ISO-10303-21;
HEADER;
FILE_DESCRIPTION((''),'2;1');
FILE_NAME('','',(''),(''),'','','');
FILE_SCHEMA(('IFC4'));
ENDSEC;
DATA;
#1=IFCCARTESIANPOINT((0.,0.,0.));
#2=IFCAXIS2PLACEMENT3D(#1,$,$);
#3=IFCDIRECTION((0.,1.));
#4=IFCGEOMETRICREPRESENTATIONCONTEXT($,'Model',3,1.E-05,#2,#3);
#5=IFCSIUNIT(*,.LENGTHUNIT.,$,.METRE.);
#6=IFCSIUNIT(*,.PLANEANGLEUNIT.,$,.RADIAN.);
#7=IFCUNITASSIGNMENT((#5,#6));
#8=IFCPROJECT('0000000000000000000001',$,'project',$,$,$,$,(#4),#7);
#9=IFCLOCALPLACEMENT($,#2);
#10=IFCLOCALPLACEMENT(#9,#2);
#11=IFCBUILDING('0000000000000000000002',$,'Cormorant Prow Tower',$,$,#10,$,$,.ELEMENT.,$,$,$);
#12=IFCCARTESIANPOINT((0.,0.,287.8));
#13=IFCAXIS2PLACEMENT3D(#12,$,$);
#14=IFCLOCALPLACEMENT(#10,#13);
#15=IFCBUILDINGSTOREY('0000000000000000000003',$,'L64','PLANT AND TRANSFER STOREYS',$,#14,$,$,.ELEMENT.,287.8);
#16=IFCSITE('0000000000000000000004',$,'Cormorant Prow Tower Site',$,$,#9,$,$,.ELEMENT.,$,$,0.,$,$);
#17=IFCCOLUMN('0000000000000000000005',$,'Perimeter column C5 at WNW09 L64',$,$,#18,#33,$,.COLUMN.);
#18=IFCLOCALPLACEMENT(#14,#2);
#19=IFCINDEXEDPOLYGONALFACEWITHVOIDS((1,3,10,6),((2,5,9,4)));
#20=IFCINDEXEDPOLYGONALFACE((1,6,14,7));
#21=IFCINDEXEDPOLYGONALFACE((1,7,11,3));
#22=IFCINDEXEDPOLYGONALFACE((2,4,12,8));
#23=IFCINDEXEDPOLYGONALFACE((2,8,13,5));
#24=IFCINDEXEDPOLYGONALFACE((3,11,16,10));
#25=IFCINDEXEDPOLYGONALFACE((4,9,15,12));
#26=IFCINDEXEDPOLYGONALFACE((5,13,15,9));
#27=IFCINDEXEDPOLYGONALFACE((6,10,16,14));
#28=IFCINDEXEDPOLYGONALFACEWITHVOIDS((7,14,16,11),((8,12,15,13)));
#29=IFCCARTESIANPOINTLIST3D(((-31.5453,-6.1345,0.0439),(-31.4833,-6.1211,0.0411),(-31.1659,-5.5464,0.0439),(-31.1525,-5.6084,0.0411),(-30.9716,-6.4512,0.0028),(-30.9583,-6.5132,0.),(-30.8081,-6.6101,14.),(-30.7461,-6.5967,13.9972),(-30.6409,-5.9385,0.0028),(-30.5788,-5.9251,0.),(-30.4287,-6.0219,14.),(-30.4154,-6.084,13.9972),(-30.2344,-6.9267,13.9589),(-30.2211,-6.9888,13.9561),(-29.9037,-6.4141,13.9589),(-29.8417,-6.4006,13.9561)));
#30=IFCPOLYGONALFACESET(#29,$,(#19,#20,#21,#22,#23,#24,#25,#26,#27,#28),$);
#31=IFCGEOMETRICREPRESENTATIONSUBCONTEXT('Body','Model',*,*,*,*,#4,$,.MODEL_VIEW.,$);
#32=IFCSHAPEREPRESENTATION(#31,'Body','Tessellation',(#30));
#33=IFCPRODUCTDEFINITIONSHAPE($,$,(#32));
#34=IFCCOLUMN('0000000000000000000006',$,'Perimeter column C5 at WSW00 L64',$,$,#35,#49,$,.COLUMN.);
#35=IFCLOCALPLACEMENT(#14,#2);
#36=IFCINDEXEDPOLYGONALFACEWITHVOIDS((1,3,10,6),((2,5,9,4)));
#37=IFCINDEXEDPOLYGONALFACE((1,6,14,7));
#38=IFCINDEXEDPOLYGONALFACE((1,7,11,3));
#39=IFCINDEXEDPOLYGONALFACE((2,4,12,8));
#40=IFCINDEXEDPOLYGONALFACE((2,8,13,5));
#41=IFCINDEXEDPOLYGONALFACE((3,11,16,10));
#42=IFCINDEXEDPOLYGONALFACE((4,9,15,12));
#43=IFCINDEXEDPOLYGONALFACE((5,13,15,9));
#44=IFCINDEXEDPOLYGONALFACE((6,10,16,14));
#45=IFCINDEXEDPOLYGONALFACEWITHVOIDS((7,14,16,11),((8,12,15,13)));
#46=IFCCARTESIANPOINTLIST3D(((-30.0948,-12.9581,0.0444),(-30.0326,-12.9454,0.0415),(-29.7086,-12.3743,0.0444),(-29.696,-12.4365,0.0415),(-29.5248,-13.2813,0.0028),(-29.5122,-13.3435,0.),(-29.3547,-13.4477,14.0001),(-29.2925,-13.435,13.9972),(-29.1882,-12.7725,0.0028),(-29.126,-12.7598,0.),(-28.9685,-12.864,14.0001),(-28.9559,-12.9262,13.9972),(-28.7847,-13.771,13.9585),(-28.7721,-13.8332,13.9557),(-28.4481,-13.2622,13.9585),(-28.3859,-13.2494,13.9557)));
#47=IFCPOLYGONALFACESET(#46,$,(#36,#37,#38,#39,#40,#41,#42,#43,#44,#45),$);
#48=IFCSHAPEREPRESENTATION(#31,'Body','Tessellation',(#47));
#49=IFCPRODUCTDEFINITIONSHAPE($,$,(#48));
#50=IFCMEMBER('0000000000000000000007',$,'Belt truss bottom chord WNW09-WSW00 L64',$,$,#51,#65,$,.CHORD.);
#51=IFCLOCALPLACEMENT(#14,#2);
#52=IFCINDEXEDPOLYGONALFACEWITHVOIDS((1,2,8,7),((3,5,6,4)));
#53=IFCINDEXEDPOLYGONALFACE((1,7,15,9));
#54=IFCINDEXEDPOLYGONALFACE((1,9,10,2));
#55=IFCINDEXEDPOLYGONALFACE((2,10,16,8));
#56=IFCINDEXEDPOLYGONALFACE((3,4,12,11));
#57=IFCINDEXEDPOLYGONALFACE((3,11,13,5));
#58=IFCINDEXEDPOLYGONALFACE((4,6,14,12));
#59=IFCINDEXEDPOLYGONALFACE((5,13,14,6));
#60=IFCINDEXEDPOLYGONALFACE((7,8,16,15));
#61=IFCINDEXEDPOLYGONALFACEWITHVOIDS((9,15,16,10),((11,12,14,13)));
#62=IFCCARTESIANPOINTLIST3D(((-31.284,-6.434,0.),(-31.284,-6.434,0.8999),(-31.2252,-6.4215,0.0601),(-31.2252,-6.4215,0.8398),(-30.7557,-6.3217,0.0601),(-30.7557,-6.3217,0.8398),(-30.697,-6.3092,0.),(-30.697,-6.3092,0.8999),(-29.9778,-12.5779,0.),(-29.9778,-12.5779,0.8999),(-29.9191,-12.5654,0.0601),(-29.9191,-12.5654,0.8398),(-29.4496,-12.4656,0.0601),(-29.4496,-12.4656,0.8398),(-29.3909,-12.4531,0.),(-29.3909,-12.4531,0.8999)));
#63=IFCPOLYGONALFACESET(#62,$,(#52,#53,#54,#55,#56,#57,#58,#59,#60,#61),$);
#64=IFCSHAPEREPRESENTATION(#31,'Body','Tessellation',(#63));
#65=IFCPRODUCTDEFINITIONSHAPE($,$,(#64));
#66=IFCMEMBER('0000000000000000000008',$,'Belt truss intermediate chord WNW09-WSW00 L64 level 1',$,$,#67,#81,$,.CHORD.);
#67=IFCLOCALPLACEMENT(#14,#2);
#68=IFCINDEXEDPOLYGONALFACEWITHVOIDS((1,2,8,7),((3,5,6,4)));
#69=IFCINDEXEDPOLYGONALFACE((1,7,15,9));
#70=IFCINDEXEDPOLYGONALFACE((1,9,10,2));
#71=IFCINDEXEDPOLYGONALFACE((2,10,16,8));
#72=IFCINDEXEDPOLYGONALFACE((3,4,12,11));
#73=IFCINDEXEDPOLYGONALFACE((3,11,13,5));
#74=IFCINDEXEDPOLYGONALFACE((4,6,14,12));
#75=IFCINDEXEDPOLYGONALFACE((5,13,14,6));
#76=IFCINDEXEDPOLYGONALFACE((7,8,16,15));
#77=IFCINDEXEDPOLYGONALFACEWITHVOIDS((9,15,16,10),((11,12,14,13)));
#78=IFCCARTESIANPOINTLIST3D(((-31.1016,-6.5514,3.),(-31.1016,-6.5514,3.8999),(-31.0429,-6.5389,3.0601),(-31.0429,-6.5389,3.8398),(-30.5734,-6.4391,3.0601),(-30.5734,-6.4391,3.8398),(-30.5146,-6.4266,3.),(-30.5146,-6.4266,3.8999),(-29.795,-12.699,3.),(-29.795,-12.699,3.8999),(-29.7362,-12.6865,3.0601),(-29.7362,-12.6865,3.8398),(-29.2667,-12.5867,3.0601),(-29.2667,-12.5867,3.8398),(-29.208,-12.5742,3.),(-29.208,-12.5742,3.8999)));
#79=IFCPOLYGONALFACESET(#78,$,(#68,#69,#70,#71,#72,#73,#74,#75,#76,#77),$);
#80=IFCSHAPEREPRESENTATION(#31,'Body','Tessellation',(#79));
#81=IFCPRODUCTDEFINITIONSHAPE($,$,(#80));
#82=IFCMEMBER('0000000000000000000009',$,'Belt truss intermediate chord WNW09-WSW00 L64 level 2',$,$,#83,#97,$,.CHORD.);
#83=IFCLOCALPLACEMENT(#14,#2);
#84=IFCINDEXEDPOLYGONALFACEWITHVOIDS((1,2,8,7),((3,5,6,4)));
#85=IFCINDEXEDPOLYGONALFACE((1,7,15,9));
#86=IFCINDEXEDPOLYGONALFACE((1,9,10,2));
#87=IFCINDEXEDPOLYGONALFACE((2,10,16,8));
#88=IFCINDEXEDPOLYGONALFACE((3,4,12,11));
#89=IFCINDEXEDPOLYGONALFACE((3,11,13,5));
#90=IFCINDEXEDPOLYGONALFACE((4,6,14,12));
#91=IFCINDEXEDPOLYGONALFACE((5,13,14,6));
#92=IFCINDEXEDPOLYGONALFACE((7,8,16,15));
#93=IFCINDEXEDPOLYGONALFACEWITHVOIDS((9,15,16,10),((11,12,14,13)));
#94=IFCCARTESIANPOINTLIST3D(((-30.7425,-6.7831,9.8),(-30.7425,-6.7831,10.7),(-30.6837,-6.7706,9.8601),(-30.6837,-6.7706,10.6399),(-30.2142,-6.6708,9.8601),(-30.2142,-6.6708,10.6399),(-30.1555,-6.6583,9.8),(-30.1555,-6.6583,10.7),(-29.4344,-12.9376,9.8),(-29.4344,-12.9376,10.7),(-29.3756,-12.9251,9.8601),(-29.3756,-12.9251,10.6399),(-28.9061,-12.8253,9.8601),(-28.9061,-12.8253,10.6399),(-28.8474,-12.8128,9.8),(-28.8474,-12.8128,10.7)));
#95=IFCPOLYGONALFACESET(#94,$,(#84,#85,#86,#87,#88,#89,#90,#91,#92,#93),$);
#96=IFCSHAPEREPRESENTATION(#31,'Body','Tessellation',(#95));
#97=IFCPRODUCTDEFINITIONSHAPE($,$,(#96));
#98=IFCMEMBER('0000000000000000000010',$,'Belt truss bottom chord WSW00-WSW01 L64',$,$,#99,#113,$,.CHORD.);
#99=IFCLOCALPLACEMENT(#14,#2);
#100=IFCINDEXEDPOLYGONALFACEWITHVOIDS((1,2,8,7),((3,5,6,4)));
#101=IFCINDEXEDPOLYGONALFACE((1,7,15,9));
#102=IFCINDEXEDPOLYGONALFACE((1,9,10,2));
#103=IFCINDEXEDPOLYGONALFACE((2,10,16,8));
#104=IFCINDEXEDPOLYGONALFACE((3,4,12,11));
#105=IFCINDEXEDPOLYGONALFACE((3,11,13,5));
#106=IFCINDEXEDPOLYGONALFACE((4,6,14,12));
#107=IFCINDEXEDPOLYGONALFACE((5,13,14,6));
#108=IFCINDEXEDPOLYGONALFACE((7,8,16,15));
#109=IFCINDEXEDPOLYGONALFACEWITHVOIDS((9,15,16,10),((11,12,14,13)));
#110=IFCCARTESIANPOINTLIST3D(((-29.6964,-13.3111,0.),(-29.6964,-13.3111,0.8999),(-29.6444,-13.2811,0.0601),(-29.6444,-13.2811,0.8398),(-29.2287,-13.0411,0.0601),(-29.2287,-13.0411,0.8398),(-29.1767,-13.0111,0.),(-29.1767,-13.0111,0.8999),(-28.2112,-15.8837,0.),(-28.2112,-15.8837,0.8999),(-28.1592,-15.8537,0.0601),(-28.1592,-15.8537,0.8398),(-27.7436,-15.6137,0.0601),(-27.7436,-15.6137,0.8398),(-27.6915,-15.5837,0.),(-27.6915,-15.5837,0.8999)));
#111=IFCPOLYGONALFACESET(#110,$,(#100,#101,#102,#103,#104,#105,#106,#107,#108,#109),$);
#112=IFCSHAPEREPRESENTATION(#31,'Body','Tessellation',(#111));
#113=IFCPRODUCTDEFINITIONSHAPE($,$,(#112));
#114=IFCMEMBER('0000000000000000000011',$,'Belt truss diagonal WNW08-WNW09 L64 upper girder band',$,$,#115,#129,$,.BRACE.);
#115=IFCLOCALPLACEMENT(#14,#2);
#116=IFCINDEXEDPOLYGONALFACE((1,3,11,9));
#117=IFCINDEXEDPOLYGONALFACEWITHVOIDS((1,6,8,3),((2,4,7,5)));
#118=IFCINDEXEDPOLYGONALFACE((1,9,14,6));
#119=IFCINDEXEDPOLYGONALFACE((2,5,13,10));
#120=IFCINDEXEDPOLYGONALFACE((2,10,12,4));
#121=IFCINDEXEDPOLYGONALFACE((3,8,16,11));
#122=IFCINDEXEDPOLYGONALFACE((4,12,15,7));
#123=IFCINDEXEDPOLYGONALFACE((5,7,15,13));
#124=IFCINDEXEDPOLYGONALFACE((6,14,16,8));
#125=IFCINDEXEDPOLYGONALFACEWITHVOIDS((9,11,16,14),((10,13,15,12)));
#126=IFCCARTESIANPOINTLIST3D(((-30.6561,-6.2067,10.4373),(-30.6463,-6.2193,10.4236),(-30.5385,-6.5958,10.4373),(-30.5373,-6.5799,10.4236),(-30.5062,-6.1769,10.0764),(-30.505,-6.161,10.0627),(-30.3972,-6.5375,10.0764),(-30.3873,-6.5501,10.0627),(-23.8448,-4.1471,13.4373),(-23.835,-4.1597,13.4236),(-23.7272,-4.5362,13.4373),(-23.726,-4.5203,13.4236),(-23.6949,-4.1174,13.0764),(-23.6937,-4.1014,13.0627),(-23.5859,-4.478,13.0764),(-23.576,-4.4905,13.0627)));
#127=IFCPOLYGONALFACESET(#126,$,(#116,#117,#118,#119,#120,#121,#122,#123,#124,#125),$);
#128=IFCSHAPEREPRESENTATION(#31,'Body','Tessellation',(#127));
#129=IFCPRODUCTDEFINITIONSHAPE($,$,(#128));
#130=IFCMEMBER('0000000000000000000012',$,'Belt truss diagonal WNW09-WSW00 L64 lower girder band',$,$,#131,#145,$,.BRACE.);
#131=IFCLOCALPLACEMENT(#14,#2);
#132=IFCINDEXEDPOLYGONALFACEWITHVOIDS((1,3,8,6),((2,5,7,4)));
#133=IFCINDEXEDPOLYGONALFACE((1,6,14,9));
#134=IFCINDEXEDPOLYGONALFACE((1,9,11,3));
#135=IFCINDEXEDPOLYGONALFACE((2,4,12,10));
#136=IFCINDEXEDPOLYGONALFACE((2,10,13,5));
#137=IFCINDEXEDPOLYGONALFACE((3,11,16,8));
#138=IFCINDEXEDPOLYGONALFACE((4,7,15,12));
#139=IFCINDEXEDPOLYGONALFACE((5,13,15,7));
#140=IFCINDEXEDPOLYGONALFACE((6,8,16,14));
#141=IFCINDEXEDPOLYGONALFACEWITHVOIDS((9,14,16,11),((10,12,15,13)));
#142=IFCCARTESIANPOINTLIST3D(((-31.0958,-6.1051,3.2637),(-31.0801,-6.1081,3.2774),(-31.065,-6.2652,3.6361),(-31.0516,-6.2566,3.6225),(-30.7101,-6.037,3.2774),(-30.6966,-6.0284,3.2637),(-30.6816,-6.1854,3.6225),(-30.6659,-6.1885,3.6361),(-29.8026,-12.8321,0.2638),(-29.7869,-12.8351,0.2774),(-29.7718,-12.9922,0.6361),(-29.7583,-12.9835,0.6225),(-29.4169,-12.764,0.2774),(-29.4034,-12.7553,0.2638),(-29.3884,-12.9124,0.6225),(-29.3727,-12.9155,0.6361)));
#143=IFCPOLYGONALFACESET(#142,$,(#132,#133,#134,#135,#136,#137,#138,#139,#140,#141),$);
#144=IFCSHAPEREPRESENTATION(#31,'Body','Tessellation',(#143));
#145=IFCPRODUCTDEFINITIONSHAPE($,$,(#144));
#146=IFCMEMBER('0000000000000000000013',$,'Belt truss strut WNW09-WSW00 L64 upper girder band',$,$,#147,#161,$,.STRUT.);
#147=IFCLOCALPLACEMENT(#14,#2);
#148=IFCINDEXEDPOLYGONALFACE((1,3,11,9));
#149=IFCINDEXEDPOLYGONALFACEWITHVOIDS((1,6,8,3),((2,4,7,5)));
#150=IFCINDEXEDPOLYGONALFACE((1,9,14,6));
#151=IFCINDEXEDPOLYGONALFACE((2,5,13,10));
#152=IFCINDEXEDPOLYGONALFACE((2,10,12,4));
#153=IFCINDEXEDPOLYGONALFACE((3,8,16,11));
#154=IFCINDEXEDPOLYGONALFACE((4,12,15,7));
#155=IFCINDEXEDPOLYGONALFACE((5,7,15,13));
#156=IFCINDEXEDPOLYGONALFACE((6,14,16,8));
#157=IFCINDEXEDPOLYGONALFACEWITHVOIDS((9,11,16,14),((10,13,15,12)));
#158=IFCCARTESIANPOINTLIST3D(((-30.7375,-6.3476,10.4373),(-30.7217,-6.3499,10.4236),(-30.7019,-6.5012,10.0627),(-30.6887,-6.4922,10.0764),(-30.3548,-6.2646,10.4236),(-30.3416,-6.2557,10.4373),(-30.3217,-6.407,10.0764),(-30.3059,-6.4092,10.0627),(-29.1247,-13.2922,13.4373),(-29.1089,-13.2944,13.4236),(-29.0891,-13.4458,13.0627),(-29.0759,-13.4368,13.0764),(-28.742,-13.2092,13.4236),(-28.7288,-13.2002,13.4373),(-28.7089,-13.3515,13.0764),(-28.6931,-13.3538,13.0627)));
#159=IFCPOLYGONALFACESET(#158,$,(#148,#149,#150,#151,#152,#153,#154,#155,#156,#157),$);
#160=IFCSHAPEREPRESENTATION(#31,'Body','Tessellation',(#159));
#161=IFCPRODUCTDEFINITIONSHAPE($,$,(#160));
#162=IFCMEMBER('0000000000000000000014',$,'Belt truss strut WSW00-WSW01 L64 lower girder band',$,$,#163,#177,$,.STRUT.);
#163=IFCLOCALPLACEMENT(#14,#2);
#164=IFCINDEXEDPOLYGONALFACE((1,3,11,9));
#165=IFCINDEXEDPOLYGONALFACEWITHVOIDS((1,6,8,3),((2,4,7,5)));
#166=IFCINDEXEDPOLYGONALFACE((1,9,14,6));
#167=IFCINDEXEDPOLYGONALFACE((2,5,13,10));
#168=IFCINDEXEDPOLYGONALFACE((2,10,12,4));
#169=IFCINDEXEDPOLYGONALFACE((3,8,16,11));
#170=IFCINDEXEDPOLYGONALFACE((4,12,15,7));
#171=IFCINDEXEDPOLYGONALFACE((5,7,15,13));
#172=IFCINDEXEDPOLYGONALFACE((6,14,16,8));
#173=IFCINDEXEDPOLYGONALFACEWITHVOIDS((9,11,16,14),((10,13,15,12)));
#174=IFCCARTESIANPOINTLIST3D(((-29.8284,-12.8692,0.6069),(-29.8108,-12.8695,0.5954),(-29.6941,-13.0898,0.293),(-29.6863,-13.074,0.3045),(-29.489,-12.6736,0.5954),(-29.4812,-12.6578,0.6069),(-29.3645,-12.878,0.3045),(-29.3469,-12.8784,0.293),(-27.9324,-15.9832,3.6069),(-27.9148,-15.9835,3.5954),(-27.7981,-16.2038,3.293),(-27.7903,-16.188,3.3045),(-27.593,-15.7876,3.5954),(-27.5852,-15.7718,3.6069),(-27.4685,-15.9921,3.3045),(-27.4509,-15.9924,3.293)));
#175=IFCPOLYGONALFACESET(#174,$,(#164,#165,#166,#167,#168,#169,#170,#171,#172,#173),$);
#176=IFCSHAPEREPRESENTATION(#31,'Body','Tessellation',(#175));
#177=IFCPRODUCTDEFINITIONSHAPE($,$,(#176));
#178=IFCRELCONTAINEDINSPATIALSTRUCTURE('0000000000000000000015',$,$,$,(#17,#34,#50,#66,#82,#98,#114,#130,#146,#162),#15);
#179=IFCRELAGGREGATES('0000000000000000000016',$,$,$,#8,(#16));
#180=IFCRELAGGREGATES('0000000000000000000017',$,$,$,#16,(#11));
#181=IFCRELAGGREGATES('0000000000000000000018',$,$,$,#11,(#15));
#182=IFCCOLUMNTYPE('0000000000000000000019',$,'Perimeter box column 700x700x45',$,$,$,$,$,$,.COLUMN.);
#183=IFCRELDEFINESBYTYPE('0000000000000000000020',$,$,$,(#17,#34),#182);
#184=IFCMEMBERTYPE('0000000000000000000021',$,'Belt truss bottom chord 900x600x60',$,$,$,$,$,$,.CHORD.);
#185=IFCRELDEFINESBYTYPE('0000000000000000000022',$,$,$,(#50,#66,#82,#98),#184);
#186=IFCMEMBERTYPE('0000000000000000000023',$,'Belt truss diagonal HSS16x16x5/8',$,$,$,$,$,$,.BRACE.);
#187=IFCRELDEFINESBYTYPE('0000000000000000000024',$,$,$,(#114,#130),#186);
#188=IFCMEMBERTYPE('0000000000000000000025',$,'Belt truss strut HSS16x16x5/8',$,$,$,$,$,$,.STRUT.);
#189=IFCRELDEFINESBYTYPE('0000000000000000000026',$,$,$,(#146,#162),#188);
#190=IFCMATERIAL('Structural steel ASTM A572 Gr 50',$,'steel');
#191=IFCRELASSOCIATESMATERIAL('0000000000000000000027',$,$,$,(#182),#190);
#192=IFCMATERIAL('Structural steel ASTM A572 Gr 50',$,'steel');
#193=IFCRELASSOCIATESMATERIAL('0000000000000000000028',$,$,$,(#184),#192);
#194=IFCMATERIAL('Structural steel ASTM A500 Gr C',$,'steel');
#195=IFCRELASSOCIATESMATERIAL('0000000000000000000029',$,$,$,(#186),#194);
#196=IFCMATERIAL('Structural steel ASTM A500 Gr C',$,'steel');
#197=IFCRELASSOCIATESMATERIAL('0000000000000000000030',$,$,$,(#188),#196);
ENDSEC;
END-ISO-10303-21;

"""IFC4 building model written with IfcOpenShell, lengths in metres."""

from ifc_helpers import new_model, si_unit, direction, frame, origin, origin_2d, place, context, subcontext, project, spatial, hollow_rectangle, extrude, material, material_profile, profile_set, type_object, element, save


model = new_model("IFC4")

# Units and contexts
model_context = context("Model", 3, precision=1e-05, world=origin(), true_north=direction((0.0, 1.0)))
body_context = subcontext(model_context, "Body", "Model", "MODEL_VIEW")
ifc_project = project(units=[si_unit("LENGTHUNIT", "METRE"), si_unit("PLANEANGLEUNIT", "RADIAN")], contexts=[model_context])

# Site, building, storey
site_placement = place(None, origin())
site = spatial("IfcSite", under=ifc_project, at=site_placement, Name="Cormorant Prow Tower Site", CompositionType="ELEMENT", RefElevation=0.0)
building_placement = place(site_placement, origin())
building = spatial("IfcBuilding", under=site, at=building_placement, Name="Cormorant Prow Tower", CompositionType="ELEMENT")
storey_placement = place(building_placement, frame((0.0, 0.0, 287.8)))
storey = spatial("IfcBuildingStorey", under=building, at=storey_placement, Name="L64", Description="PLANT AND TRANSFER STOREYS", CompositionType="ELEMENT", Elevation=287.8)

# Columns
ifc_material_1 = material(Name="Structural steel ASTM A572 Gr 50", Category="steel")
ifc_material_profile_1 = material_profile(ifc_material_1, hollow_rectangle(XDim=0.7, YDim=0.7, WallThickness=0.0449, at=origin_2d()), Name="Box 700x700x45")
ifc_profile_set_1 = profile_set([ifc_material_profile_1], Name="Structural steel ASTM A572 Gr 50")
column_type = type_object("IfcColumnType", Name="Perimeter box column 700x700x45", PredefinedType="COLUMN", material=ifc_profile_set_1)
column_1_placement = place(storey_placement, frame((-31.0632, -6.0291, 0.0), z_axis=(0.052718, -0.034008, 0.99803), x_axis=(0.542089, 0.840321, 0.0)))
element("IfcColumn", 1, at=column_1_placement, inside=storey, type_object=column_type, Name="Perimeter column C5 at WNW09 L64", PredefinedType="COLUMN", context=body_context, shape_type="SweptSolid", body=[
    extrude(hollow_rectangle(XDim=0.7, YDim=0.7, WallThickness=0.0449, at=origin_2d()), frame((0.0, 0.0, 0.022)), (0.0, 0.0, 1.0), 13.9836),
])
column_2_placement = place(storey_placement, frame((-29.6116, -12.8582, 0.0), z_axis=(0.052924, -0.035016, 0.997984), x_axis=(0.551786, 0.833986, 0.0)))
element("IfcColumn", 2, at=column_2_placement, inside=storey, type_object=column_type, Name="Perimeter column C5 at WSW00 L64", PredefinedType="COLUMN", context=body_context, shape_type="SweptSolid", body=[
    extrude(hollow_rectangle(XDim=0.7, YDim=0.7, WallThickness=0.0449, at=origin_2d()), frame((0.0, 0.0, 0.0222)), (0.0, 0.0, 1.0), 13.9839),
])

# Members
ifc_material_2 = material(Name="Structural steel ASTM A572 Gr 50", Category="steel")
ifc_material_profile_2 = material_profile(ifc_material_2, hollow_rectangle(XDim=0.6001, YDim=0.8999, WallThickness=0.0601, at=origin_2d()), Name="Box 900x600x60")
ifc_profile_set_2 = profile_set([ifc_material_profile_2], Name="Structural steel ASTM A572 Gr 50")
member_type_1 = type_object("IfcMemberType", Name="Belt truss bottom chord 900x600x60", PredefinedType="CHORD", material=ifc_profile_set_2)
member_1_placement = place(storey_placement, frame((-30.9905, -6.3716, 0.45), z_axis=(0.207941, -0.978141, 0.0), x_axis=(0.978141, 0.207941, 0.0)))
element("IfcMember", 3, at=member_1_placement, inside=storey, type_object=member_type_1, Name="Belt truss bottom chord WNW09-WSW00 L64", PredefinedType="CHORD", context=body_context, shape_type="SweptSolid", body=[
    extrude(hollow_rectangle(XDim=0.6001, YDim=0.8999, WallThickness=0.0601, at=origin_2d()), origin(), (0.0, 0.0, 1.0), 6.2812),
])
member_2_placement = place(storey_placement, frame((-30.8081, -6.489, 3.45), z_axis=(0.207897, -0.978151, 0.0), x_axis=(0.978151, 0.207897, 0.0)))
element("IfcMember", 4, at=member_2_placement, inside=storey, type_object=member_type_1, Name="Belt truss intermediate chord WNW09-WSW00 L64 level 1", PredefinedType="CHORD", context=body_context, shape_type="SweptSolid", body=[
    extrude(hollow_rectangle(XDim=0.6001, YDim=0.8999, WallThickness=0.0601, at=origin_2d()), origin(), (0.0, 0.0, 1.0), 6.2849),
])
member_3_placement = place(storey_placement, frame((-30.449, -6.7207, 10.25), z_axis=(0.207899, -0.97815, 0.0), x_axis=(0.97815, 0.207899, 0.0)))
element("IfcMember", 5, at=member_3_placement, inside=storey, type_object=member_type_1, Name="Belt truss intermediate chord WNW09-WSW00 L64 level 2", PredefinedType="CHORD", context=body_context, shape_type="SweptSolid", body=[
    extrude(hollow_rectangle(XDim=0.6001, YDim=0.8999, WallThickness=0.0601, at=origin_2d()), origin(), (0.0, 0.0, 1.0), 6.292),
])
member_4_placement = place(storey_placement, frame((-29.4365, -13.1611, 0.45), z_axis=(0.499967, -0.866045, 0.0), x_axis=(0.866045, 0.499967, 0.0)))
element("IfcMember", 6, at=member_4_placement, inside=storey, type_object=member_type_1, Name="Belt truss bottom chord WSW00-WSW01 L64", PredefinedType="CHORD", context=body_context, shape_type="SweptSolid", body=[
    extrude(hollow_rectangle(XDim=0.6001, YDim=0.8999, WallThickness=0.0601, at=origin_2d()), origin(), (0.0, 0.0, 1.0), 2.9705),
])
ifc_material_3 = material(Name="Structural steel ASTM A500 Gr C", Category="steel")
ifc_material_profile_3 = material_profile(ifc_material_3, hollow_rectangle(XDim=0.4065, YDim=0.4065, WallThickness=0.0149, at=origin_2d()), Name="HSS16x16x5/8")
ifc_profile_set_3 = profile_set([ifc_material_profile_3], Name="Structural steel ASTM A500 Gr C")
member_type_2 = type_object("IfcMemberType", Name="Belt truss diagonal HSS16x16x5/8", PredefinedType="BRACE", material=ifc_profile_set_3)
member_5_placement = place(storey_placement, frame((-30.5217, -6.3784, 10.25), z_axis=(0.882017, 0.266701, 0.388481), x_axis=(-0.289434, 0.957198, 0.0)))
element("IfcMember", 7, at=member_5_placement, inside=storey, type_object=member_type_2, Name="Belt truss diagonal WNW08-WNW09 L64 upper girder band", PredefinedType="BRACE", context=body_context, shape_type="SweptSolid", body=[
    extrude(hollow_rectangle(XDim=0.4065, YDim=0.4065, WallThickness=0.0149, at=origin_2d()), origin(), (0.0, 0.0, 1.0), 7.7224),
])
member_6_placement = place(storey_placement, frame((-29.5876, -12.8738, 0.45), z_axis=(-0.172928, 0.899538, 0.401158), x_axis=(-0.982019, -0.188784, 0.0)))
element("IfcMember", 8, at=member_6_placement, inside=storey, type_object=member_type_2, Name="Belt truss diagonal WNW09-WSW00 L64 lower girder band", PredefinedType="BRACE", context=body_context, shape_type="SweptSolid", body=[
    extrude(hollow_rectangle(XDim=0.4065, YDim=0.4065, WallThickness=0.0149, at=origin_2d()), origin(), (0.0, 0.0, 1.0), 7.4783),
])
ifc_material_4 = material(Name="Structural steel ASTM A500 Gr C", Category="steel")
ifc_material_profile_4 = material_profile(ifc_material_4, hollow_rectangle(XDim=0.4065, YDim=0.4065, WallThickness=0.0149, at=origin_2d()), Name="HSS16x16x5/8")
ifc_profile_set_4 = profile_set([ifc_material_profile_4], Name="Structural steel ASTM A500 Gr C")
member_type_3 = type_object("IfcMemberType", Name="Belt truss strut HSS16x16x5/8", PredefinedType="STRUT", material=ifc_profile_set_4)
member_7_placement = place(storey_placement, frame((-30.5217, -6.3784, 10.25), z_axis=(0.208509, -0.897827, 0.387854), x_axis=(0.974077, 0.226217, 0.0)))
element("IfcMember", 9, at=member_7_placement, inside=storey, type_object=member_type_3, Name="Belt truss strut WNW09-WSW00 L64 upper girder band", PredefinedType="STRUT", context=body_context, shape_type="SweptSolid", body=[
    extrude(hollow_rectangle(XDim=0.4065, YDim=0.4065, WallThickness=0.0149, at=origin_2d()), origin(), (0.0, 0.0, 1.0), 7.7349),
])
member_8_placement = place(storey_placement, frame((-29.5876, -12.8738, 0.45), z_axis=(0.401573, -0.659549, 0.635401), x_axis=(0.854136, 0.520049, 0.0)))
element("IfcMember", 10, at=member_8_placement, inside=storey, type_object=member_type_3, Name="Belt truss strut WSW00-WSW01 L64 lower girder band", PredefinedType="STRUT", context=body_context, shape_type="SweptSolid", body=[
    extrude(hollow_rectangle(XDim=0.4065, YDim=0.4065, WallThickness=0.0149, at=origin_2d()), origin(), (0.0, 0.0, 1.0), 4.7214),
])

save(model, "model.ifc")
